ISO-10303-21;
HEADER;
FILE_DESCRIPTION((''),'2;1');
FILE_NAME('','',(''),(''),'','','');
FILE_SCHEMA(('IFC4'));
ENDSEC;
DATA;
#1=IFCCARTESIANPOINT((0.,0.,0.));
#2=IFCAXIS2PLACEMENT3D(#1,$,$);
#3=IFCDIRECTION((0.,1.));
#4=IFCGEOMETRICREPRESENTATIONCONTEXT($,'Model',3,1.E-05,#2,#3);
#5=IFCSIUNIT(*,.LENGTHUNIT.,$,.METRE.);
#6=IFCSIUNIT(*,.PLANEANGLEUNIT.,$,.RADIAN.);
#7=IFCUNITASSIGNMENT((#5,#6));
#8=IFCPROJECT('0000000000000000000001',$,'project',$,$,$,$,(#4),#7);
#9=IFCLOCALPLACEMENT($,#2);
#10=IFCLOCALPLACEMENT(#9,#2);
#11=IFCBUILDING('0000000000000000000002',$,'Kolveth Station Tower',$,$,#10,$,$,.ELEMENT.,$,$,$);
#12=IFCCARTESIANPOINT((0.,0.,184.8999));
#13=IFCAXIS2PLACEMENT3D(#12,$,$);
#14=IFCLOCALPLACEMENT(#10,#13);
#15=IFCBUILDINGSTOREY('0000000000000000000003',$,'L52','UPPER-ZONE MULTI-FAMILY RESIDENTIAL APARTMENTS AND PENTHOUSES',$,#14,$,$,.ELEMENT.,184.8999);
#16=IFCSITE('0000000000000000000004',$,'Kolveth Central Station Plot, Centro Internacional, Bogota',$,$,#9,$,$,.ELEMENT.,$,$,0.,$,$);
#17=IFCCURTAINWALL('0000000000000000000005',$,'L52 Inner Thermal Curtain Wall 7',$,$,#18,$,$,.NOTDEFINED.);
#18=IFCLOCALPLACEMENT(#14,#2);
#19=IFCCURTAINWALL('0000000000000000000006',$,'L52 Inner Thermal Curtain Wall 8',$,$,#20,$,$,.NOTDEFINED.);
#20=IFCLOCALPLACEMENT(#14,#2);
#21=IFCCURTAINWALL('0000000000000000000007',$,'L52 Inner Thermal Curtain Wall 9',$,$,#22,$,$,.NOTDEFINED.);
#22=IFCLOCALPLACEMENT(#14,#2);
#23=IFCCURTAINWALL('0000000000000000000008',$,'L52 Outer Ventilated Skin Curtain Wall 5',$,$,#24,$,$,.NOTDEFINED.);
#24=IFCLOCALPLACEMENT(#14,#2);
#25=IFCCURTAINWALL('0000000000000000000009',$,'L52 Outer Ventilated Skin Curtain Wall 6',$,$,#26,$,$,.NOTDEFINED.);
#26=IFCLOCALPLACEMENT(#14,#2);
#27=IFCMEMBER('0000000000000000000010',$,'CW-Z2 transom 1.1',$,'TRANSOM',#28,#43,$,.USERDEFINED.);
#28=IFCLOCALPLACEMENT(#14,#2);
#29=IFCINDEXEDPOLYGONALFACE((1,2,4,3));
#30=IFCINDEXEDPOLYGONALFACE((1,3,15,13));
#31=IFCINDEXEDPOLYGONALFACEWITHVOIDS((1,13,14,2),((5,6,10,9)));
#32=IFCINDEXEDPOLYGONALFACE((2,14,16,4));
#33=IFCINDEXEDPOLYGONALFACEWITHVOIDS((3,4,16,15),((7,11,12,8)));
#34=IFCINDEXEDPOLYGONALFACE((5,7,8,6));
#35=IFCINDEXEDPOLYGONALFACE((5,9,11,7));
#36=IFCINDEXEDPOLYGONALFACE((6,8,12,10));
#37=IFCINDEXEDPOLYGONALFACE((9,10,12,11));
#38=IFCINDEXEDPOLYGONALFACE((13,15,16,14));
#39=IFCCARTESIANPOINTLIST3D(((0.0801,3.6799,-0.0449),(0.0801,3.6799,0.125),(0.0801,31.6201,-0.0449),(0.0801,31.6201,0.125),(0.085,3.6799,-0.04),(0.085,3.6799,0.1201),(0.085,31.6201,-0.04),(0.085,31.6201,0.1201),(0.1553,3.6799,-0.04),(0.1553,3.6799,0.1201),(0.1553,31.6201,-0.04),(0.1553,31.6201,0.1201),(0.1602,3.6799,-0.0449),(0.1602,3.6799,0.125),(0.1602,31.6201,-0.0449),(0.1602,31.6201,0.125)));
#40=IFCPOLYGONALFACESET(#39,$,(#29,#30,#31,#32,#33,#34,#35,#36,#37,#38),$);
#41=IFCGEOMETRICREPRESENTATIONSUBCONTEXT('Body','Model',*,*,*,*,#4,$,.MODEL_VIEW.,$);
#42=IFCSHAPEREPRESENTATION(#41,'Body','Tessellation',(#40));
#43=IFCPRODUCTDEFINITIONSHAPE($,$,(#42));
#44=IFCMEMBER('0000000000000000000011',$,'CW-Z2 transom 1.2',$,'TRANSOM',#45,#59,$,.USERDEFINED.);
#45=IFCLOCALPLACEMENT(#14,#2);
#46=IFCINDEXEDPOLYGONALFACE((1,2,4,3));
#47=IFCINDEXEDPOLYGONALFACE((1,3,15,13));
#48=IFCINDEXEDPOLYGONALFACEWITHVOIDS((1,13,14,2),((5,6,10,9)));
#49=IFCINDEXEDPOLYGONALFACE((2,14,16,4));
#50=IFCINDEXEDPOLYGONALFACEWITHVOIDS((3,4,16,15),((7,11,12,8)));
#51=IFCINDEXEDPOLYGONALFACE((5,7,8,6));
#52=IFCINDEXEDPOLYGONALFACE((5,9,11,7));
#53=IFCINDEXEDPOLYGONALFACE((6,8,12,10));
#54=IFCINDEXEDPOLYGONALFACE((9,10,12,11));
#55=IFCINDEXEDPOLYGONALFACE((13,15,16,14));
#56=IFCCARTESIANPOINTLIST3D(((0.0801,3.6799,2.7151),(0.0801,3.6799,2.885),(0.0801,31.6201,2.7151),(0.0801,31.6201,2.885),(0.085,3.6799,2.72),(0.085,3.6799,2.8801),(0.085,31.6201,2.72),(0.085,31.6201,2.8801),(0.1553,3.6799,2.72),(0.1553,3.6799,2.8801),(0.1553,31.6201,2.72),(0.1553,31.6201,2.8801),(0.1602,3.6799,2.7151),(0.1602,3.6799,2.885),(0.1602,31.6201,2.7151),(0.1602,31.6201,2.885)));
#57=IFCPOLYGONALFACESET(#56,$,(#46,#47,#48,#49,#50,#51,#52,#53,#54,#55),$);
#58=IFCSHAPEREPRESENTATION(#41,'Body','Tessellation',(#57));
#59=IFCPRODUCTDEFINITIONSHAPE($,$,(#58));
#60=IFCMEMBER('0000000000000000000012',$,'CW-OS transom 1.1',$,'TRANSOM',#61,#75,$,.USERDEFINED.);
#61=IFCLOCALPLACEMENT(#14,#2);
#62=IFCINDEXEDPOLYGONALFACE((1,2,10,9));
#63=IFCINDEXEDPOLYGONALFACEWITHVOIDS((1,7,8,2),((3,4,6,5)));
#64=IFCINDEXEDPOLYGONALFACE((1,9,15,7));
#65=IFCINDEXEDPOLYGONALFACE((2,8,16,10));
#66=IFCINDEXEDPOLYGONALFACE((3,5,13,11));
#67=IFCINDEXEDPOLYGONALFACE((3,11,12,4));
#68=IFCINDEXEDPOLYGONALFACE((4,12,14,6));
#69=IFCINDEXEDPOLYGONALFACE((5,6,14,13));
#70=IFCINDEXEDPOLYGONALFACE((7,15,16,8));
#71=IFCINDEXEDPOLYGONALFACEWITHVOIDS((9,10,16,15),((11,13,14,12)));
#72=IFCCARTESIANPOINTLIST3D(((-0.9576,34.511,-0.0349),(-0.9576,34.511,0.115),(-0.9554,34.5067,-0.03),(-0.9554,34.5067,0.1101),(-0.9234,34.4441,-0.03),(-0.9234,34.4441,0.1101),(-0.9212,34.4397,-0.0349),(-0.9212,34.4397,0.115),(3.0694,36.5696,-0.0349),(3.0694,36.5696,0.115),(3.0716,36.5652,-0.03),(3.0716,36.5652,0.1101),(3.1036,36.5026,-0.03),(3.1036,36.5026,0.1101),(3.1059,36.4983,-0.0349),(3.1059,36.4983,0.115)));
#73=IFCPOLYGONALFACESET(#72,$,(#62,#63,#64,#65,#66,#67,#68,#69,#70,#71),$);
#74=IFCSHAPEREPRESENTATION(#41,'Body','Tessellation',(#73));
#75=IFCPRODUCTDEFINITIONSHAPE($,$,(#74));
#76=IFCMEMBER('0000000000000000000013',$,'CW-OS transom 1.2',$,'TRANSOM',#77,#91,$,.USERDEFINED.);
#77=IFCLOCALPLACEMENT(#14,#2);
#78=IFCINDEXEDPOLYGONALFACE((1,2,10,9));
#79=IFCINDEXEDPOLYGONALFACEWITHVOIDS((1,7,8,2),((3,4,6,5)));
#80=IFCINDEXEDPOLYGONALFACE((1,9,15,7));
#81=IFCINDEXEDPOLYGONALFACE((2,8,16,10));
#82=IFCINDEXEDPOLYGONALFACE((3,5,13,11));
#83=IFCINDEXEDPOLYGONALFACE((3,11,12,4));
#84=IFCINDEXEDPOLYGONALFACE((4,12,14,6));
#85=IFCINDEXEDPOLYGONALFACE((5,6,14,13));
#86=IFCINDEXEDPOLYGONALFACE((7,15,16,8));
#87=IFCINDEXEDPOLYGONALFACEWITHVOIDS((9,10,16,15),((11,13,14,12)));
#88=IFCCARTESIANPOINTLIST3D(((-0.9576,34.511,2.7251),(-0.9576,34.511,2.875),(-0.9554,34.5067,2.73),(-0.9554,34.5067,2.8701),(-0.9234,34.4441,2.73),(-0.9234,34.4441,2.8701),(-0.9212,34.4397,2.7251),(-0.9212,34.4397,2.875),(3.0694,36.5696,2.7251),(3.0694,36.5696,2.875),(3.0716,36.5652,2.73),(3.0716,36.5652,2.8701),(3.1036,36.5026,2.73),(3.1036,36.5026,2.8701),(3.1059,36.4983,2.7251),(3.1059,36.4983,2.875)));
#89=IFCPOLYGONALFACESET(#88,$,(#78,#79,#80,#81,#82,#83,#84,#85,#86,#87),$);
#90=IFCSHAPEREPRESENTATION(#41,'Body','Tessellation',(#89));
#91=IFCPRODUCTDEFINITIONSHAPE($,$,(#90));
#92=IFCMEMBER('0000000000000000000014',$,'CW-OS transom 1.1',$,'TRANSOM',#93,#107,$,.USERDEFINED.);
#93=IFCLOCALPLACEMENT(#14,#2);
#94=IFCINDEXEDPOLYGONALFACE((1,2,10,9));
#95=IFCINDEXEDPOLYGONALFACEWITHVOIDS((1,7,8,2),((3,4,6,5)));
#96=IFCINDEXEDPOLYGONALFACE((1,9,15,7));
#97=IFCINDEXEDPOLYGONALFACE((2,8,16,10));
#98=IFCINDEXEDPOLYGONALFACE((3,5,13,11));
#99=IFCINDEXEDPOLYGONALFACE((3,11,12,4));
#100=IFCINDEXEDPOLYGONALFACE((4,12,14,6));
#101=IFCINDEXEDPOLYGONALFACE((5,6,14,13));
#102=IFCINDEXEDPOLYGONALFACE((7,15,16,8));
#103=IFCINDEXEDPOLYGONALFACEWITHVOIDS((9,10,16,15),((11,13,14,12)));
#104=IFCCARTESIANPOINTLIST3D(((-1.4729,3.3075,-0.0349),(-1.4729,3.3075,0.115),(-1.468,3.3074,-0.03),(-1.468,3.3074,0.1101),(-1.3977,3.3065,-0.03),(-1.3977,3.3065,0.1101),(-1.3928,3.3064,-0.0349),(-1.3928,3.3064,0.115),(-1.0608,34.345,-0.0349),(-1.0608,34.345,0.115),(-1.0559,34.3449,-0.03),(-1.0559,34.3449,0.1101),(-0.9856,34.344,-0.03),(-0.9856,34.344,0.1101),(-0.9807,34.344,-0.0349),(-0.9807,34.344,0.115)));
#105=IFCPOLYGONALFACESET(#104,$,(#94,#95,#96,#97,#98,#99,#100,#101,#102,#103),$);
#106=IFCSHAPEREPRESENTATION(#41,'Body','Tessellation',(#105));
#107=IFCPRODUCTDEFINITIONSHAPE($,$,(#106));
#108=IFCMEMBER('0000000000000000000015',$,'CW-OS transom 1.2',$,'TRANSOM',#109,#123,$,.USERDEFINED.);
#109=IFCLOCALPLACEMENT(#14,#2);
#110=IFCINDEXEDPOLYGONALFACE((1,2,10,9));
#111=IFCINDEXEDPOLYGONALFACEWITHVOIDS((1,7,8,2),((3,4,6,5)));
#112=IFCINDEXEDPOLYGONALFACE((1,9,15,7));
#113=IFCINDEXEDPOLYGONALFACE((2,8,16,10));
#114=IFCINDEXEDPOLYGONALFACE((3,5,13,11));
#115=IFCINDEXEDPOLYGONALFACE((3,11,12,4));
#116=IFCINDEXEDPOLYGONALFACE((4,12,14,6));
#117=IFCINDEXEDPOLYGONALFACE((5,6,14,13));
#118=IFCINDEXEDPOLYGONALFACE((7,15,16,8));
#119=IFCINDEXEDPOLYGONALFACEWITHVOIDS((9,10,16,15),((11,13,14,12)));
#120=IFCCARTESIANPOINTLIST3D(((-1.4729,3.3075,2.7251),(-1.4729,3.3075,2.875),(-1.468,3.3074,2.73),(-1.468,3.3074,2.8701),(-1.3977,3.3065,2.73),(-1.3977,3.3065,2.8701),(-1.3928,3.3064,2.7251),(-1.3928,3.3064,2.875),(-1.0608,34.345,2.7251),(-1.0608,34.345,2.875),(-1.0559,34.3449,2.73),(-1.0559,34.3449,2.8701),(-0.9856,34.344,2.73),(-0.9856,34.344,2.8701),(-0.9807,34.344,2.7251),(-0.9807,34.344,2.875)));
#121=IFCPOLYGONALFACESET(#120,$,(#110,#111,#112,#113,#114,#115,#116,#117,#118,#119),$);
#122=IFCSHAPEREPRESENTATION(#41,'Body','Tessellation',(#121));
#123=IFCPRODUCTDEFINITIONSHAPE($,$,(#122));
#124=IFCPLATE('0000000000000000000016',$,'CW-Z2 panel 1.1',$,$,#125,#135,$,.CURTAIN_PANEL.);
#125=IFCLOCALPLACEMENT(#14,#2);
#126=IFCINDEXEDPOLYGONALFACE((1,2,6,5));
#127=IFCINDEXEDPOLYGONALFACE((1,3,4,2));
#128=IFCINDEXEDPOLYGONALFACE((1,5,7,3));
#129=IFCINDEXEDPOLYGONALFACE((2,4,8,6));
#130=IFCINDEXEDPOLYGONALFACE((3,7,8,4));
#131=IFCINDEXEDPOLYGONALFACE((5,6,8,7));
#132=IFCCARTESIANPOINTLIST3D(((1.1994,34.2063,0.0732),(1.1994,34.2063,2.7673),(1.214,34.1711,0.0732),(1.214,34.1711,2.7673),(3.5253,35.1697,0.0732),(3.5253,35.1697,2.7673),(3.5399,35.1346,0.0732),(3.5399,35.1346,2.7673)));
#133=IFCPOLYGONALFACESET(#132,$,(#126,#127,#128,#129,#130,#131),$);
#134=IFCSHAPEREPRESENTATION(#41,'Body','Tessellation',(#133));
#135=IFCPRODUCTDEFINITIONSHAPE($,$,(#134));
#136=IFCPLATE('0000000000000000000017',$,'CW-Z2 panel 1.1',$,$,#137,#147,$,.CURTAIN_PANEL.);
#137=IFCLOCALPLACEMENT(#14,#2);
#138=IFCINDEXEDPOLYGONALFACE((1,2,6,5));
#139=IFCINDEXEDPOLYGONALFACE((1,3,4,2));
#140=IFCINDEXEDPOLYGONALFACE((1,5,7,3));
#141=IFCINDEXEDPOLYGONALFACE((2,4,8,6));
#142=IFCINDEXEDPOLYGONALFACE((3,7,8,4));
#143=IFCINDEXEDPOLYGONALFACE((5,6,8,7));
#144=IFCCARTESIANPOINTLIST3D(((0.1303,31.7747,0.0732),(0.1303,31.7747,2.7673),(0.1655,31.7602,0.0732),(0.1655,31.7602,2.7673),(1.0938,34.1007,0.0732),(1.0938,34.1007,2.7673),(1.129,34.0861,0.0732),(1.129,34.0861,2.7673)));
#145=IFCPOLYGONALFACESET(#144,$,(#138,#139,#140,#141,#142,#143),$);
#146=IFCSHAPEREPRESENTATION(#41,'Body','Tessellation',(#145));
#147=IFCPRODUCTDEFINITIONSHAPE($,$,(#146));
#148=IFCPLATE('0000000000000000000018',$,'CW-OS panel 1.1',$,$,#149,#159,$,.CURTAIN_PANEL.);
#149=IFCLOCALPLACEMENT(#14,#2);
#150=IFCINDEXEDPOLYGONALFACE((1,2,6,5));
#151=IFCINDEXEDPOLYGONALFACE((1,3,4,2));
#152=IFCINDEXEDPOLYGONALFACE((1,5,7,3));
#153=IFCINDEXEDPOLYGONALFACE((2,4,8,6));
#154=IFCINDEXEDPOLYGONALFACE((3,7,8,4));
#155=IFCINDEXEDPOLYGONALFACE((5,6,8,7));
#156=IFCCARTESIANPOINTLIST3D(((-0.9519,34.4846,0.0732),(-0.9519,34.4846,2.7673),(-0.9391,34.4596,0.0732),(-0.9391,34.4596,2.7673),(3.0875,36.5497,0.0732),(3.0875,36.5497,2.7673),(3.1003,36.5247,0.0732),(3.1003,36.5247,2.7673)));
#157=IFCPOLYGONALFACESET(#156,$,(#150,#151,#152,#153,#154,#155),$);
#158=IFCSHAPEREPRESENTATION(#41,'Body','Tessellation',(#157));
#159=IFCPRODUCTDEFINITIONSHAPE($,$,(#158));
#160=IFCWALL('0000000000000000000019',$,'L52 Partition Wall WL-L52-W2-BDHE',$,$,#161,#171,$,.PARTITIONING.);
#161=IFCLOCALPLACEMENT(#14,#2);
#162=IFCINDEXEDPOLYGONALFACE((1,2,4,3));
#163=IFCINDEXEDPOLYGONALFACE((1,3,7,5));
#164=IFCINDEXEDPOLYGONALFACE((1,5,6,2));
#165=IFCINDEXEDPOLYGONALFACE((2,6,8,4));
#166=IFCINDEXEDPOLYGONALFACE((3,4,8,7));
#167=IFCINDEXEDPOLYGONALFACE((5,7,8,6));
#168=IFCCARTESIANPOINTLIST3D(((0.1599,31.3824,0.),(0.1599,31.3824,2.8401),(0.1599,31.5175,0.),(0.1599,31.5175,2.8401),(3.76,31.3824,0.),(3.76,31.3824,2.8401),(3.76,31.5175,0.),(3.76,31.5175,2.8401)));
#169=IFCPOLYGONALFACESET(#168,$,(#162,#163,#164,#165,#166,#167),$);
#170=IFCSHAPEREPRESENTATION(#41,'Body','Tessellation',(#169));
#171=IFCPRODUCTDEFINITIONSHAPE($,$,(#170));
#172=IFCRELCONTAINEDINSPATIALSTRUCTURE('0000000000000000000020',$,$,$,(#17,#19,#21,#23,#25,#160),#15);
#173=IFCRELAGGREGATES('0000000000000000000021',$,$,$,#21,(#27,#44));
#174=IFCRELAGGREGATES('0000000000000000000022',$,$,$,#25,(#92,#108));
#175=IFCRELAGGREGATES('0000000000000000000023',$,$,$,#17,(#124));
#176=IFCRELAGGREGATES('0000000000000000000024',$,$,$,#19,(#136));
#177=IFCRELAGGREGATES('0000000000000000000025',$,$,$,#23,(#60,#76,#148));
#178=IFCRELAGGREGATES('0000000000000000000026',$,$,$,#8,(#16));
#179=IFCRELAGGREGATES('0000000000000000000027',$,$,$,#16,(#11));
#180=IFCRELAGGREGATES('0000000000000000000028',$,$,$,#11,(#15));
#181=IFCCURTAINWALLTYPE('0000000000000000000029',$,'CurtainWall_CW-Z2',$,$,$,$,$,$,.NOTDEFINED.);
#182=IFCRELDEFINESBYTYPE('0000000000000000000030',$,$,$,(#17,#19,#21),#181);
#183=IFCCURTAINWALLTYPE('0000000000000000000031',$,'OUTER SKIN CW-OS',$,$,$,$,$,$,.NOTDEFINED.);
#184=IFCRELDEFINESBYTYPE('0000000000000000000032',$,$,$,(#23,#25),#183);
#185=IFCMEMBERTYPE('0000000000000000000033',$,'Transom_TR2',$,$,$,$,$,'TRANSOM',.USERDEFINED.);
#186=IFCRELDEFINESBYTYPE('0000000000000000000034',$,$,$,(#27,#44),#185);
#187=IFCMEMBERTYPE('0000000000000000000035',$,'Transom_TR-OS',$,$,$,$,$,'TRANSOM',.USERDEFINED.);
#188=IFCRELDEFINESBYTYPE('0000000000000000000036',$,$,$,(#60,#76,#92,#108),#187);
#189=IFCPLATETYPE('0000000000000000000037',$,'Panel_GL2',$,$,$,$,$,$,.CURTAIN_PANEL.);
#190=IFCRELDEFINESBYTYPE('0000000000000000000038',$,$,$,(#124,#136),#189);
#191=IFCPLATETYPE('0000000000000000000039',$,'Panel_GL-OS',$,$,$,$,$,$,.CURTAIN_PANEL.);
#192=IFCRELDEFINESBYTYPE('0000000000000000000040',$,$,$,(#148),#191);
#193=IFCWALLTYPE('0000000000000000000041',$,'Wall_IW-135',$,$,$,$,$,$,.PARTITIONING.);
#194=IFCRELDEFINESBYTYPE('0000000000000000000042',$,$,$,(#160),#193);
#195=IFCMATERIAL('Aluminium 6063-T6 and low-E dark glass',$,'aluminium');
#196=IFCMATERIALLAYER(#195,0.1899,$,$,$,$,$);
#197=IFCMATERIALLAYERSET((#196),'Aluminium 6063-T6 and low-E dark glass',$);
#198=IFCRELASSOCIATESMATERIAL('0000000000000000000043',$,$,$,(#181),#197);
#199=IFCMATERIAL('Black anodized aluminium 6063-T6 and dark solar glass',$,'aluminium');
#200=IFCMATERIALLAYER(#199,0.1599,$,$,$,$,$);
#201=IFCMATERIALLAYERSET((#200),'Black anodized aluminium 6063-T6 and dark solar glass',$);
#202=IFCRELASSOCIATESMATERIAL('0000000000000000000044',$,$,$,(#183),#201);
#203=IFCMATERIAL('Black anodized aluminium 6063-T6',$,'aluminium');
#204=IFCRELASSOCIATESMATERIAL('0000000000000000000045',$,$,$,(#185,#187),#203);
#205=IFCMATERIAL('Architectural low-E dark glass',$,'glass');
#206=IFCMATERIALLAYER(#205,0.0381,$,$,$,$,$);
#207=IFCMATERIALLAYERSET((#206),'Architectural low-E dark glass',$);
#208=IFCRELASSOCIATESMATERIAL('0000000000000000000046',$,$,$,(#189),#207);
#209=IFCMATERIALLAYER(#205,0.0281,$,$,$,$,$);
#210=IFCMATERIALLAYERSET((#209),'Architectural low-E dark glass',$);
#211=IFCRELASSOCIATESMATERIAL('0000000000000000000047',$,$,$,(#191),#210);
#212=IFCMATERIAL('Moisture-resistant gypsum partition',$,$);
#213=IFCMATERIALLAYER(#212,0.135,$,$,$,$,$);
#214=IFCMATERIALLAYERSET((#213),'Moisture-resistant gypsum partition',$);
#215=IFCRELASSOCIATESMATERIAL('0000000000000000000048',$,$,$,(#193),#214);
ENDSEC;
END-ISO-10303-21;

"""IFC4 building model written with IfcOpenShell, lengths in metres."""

from ifc_helpers import new_model, si_unit, direction, frame, frame_2d, origin, origin_2d, place, context, subcontext, project, spatial, rectangle, hollow_rectangle, extrude, source, transform, mapped, material, layer, layer_set, material_profile, profile_set, type_object, element, aggregate, save


model = new_model("IFC4")

# Units and contexts
model_context = context("Model", 3, precision=1e-05, world=origin(), true_north=direction((0.0, 1.0)))
body_context = subcontext(model_context, "Body", "Model", "MODEL_VIEW")
ifc_project = project(units=[si_unit("LENGTHUNIT", "METRE"), si_unit("PLANEANGLEUNIT", "RADIAN")], contexts=[model_context])

# Site, building, storey
site_placement = place(None, origin())
site = spatial("IfcSite", under=ifc_project, at=site_placement, Name="Kolveth Central Station Plot, Centro Internacional, Bogota", CompositionType="ELEMENT", RefElevation=0.0)
building_placement = place(site_placement, origin())
building = spatial("IfcBuilding", under=site, at=building_placement, Name="Kolveth Station Tower", CompositionType="ELEMENT")
storey_placement = place(building_placement, frame((0.0, 0.0, 184.8999)))
storey = spatial("IfcBuildingStorey", under=building, at=storey_placement, Name="L52", Description="UPPER-ZONE MULTI-FAMILY RESIDENTIAL APARTMENTS AND PENTHOUSES", CompositionType="ELEMENT", Elevation=184.8999)

# Curtain wall
ifc_material_1 = material(Name="Aluminium 6063-T6 and low-E dark glass", Category="aluminium")
ifc_layer_1 = layer(ifc_material_1, 0.1899)
ifc_layer_set_1 = layer_set([ifc_layer_1], Name="Aluminium 6063-T6 and low-E dark glass")
curtain_wall_type_1 = type_object("IfcCurtainWallType", Name="CurtainWall_CW-Z2", PredefinedType="NOTDEFINED", material=ifc_layer_set_1)
curtain_wall_1_placement = place(storey_placement, origin())
curtain_wall_1 = element("IfcCurtainWall", 1, at=curtain_wall_1_placement, inside=storey, type_object=curtain_wall_type_1, Name="L52 Inner Thermal Curtain Wall 7", PredefinedType="NOTDEFINED")
ifc_material_2 = material(Name="Black anodized aluminium 6063-T6", Category="aluminium")

# Curtain wall
curtain_wall_2_placement = place(storey_placement, origin())
curtain_wall_2 = element("IfcCurtainWall", 2, at=curtain_wall_2_placement, inside=storey, type_object=curtain_wall_type_1, Name="L52 Inner Thermal Curtain Wall 8", PredefinedType="NOTDEFINED")

# Curtain wall
curtain_wall_3_placement = place(storey_placement, origin())
curtain_wall_3 = element("IfcCurtainWall", 3, at=curtain_wall_3_placement, inside=storey, type_object=curtain_wall_type_1, Name="L52 Inner Thermal Curtain Wall 9", PredefinedType="NOTDEFINED")
ifc_material_3 = material(Name="Black anodized aluminium 6063-T6 and dark solar glass", Category="aluminium")
ifc_layer_2 = layer(ifc_material_3, 0.1599)
ifc_layer_set_2 = layer_set([ifc_layer_2], Name="Black anodized aluminium 6063-T6 and dark solar glass")
curtain_wall_type_2 = type_object("IfcCurtainWallType", Name="OUTER SKIN CW-OS", PredefinedType="NOTDEFINED", material=ifc_layer_set_2)

# Curtain wall
curtain_wall_4_placement = place(storey_placement, origin())
curtain_wall_4 = element("IfcCurtainWall", 4, at=curtain_wall_4_placement, inside=storey, type_object=curtain_wall_type_2, Name="L52 Outer Ventilated Skin Curtain Wall 5", PredefinedType="NOTDEFINED")

# Curtain wall
curtain_wall_5_placement = place(storey_placement, origin())
curtain_wall_5 = element("IfcCurtainWall", 5, at=curtain_wall_5_placement, inside=storey, type_object=curtain_wall_type_2, Name="L52 Outer Ventilated Skin Curtain Wall 6", PredefinedType="NOTDEFINED")

# Members
ifc_material_profile_1 = material_profile(ifc_material_2, hollow_rectangle(XDim=0.0801, YDim=0.1699, WallThickness=0.0049, at=origin_2d()), Name="ALU-80x170x5")
ifc_profile_set_1 = profile_set([ifc_material_profile_1], Name="Black anodized aluminium 6063-T6")
member_type_1 = type_object("IfcMemberType", Name="Transom_TR2", ElementType="TRANSOM", PredefinedType="USERDEFINED", material=ifc_profile_set_1)
shared_shape_1 = source(origin(), body_context, "Body", "SweptSolid", [
    extrude(hollow_rectangle(XDim=0.0801, YDim=0.1699, WallThickness=0.0049, at=origin_2d()), origin(), (0.0, 0.0, 1.0), 27.9402),
])
member_1_placement = place(storey_placement, frame((0.1201, 31.6201, 0.04), z_axis=(0.0, -1.0, 0.0), x_axis=(1.0, 0.0, 0.0)))
member_1 = element("IfcMember", 6, at=member_1_placement, type_object=member_type_1, Name="CW-Z2 transom 1.1", ObjectType="TRANSOM", PredefinedType="USERDEFINED", context=body_context, shape_type="MappedRepresentation", body=[
    mapped(shared_shape_1, transform((0.0, 0.0, 0.0), x_axis=(1.0, 0.0, 0.0), y_axis=(0.0, 1.0, 0.0), z_axis=(0.0, 0.0, 1.0), scale=1.0)),
])
member_2_placement = place(storey_placement, frame((0.1201, 31.6201, 2.8), z_axis=(0.0, -1.0, 0.0), x_axis=(1.0, 0.0, 0.0)))
member_2 = element("IfcMember", 7, at=member_2_placement, type_object=member_type_1, Name="CW-Z2 transom 1.2", ObjectType="TRANSOM", PredefinedType="USERDEFINED", context=body_context, shape_type="MappedRepresentation", body=[
    mapped(shared_shape_1, transform((0.0, 0.0, 0.0), x_axis=(1.0, 0.0, 0.0), y_axis=(0.0, 1.0, 0.0), z_axis=(0.0, 0.0, 1.0), scale=1.0)),
])
aggregate(curtain_wall_3, [member_1, member_2])
ifc_material_profile_2 = material_profile(ifc_material_2, hollow_rectangle(XDim=0.0801, YDim=0.1499, WallThickness=0.0049, at=origin_2d()), Name="ALU-80x150x5")
ifc_profile_set_2 = profile_set([ifc_material_profile_2], Name="Black anodized aluminium 6063-T6")
member_type_2 = type_object("IfcMemberType", Name="Transom_TR-OS", ElementType="TRANSOM", PredefinedType="USERDEFINED", material=ifc_profile_set_2)
shared_shape_2 = source(origin(), body_context, "Body", "SweptSolid", [
    extrude(hollow_rectangle(XDim=0.0801, YDim=0.1499, WallThickness=0.0049, at=origin_2d()), origin(), (0.0, 0.0, 1.0), 4.5227),
])
member_3_placement = place(storey_placement, frame((3.0876, 36.5339, 0.04), z_axis=(-0.890408, -0.455163, 0.0), x_axis=(0.455163, -0.890408, 0.0)))
member_3 = element("IfcMember", 8, at=member_3_placement, type_object=member_type_2, Name="CW-OS transom 1.1", ObjectType="TRANSOM", PredefinedType="USERDEFINED", context=body_context, shape_type="MappedRepresentation", body=[
    mapped(shared_shape_2, transform((0.0, 0.0, 0.0), x_axis=(1.0, 0.0, 0.0), y_axis=(0.0, 1.0, 0.0), z_axis=(0.0, 0.0, 1.0), scale=1.0)),
])
member_4_placement = place(storey_placement, frame((3.0876, 36.5339, 2.8), z_axis=(-0.890408, -0.455163, 0.0), x_axis=(0.455163, -0.890408, 0.0)))
member_4 = element("IfcMember", 9, at=member_4_placement, type_object=member_type_2, Name="CW-OS transom 1.2", ObjectType="TRANSOM", PredefinedType="USERDEFINED", context=body_context, shape_type="MappedRepresentation", body=[
    mapped(shared_shape_2, transform((0.0, 0.0, 0.0), x_axis=(1.0, 0.0, 0.0), y_axis=(0.0, 1.0, 0.0), z_axis=(0.0, 0.0, 1.0), scale=1.0)),
])
shared_shape_3 = source(origin(), body_context, "Body", "SweptSolid", [
    extrude(hollow_rectangle(XDim=0.0801, YDim=0.1499, WallThickness=0.0049, at=origin_2d()), origin(), (0.0, 0.0, 1.0), 31.0403),
])
member_5_placement = place(storey_placement, frame((-1.0208, 34.3445, 0.04), z_axis=(-0.013277, -0.999912, 0.0), x_axis=(0.999912, -0.013277, 0.0)))
member_5 = element("IfcMember", 10, at=member_5_placement, type_object=member_type_2, Name="CW-OS transom 1.1", ObjectType="TRANSOM", PredefinedType="USERDEFINED", context=body_context, shape_type="MappedRepresentation", body=[
    mapped(shared_shape_3, transform((0.0, 0.0, 0.0), x_axis=(1.0, 0.0, 0.0), y_axis=(0.0, 1.0, 0.0), z_axis=(0.0, 0.0, 1.0), scale=1.0)),
])
member_6_placement = place(storey_placement, frame((-1.0208, 34.3445, 2.8), z_axis=(-0.013277, -0.999912, 0.0), x_axis=(0.999912, -0.013277, 0.0)))
member_6 = element("IfcMember", 11, at=member_6_placement, type_object=member_type_2, Name="CW-OS transom 1.2", ObjectType="TRANSOM", PredefinedType="USERDEFINED", context=body_context, shape_type="MappedRepresentation", body=[
    mapped(shared_shape_3, transform((0.0, 0.0, 0.0), x_axis=(1.0, 0.0, 0.0), y_axis=(0.0, 1.0, 0.0), z_axis=(0.0, 0.0, 1.0), scale=1.0)),
])
aggregate(curtain_wall_5, [member_5, member_6])

# Plates
ifc_material_4 = material(Name="Architectural low-E dark glass", Category="glass")
ifc_layer_3 = layer(ifc_material_4, 0.0381)
ifc_layer_set_3 = layer_set([ifc_layer_3], Name="Architectural low-E dark glass")
plate_type_1 = type_object("IfcPlateType", Name="Panel_GL2", PredefinedType="CURTAIN_PANEL", material=ifc_layer_set_3)
shared_shape_4 = source(origin(), body_context, "Body", "SweptSolid", [
    extrude(rectangle(XDim=2.5176, YDim=0.0381, at=origin_2d()), origin(), (0.0, 0.0, 1.0), 2.6941),
])
plate_1_placement = place(storey_placement, frame((2.3696, 34.6704, 0.0732), z_axis=(0.0, 0.0, 1.0), x_axis=(-0.923874, -0.382698, 0.0)))
plate_1 = element("IfcPlate", 12, at=plate_1_placement, type_object=plate_type_1, Name="CW-Z2 panel 1.1", PredefinedType="CURTAIN_PANEL", context=body_context, shape_type="MappedRepresentation", body=[
    mapped(shared_shape_4, transform((0.0, 0.0, 0.0), x_axis=(1.0, 0.0, 0.0), y_axis=(0.0, 1.0, 0.0), z_axis=(0.0, 0.0, 1.0), scale=1.0)),
])
aggregate(curtain_wall_1, [plate_1])
plate_2_placement = place(storey_placement, frame((0.6296, 32.9304, 0.0732), z_axis=(0.0, 0.0, 1.0), x_axis=(-0.382698, -0.923874, 0.0)))
plate_2 = element("IfcPlate", 13, at=plate_2_placement, type_object=plate_type_1, Name="CW-Z2 panel 1.1", PredefinedType="CURTAIN_PANEL", context=body_context, shape_type="MappedRepresentation", body=[
    mapped(shared_shape_4, transform((0.0, 0.0, 0.0), x_axis=(1.0, 0.0, 0.0), y_axis=(0.0, 1.0, 0.0), z_axis=(0.0, 0.0, 1.0), scale=1.0)),
])
aggregate(curtain_wall_2, [plate_2])
ifc_layer_4 = layer(ifc_material_4, 0.0281)
ifc_layer_set_4 = layer_set([ifc_layer_4], Name="Architectural low-E dark glass")
plate_type_2 = type_object("IfcPlateType", Name="Panel_GL-OS", PredefinedType="CURTAIN_PANEL", material=ifc_layer_set_4)
shared_shape_5 = source(origin(), body_context, "Body", "SweptSolid", [
    extrude(rectangle(XDim=4.5366, YDim=0.0281, at=origin_2d()), origin(), (0.0, 0.0, 1.0), 2.6941),
])
plate_3_placement = place(storey_placement, frame((1.0742, 35.5046, 0.0732), z_axis=(0.0, 0.0, 1.0), x_axis=(-0.890394, -0.455191, 0.0)))
plate_3 = element("IfcPlate", 14, at=plate_3_placement, type_object=plate_type_2, Name="CW-OS panel 1.1", PredefinedType="CURTAIN_PANEL", context=body_context, shape_type="MappedRepresentation", body=[
    mapped(shared_shape_5, transform((0.0, 0.0, 0.0), x_axis=(1.0, 0.0, 0.0), y_axis=(0.0, 1.0, 0.0), z_axis=(0.0, 0.0, 1.0), scale=1.0)),
])
aggregate(curtain_wall_4, [member_3, member_4, plate_3])

# Wall
ifc_material_5 = material(Name="Moisture-resistant gypsum partition")
ifc_layer_5 = layer(ifc_material_5, 0.135)
ifc_layer_set_5 = layer_set([ifc_layer_5], Name="Moisture-resistant gypsum partition")
wall_type = type_object("IfcWallType", Name="Wall_IW-135", PredefinedType="PARTITIONING", material=ifc_layer_set_5)
wall_placement = place(storey_placement, frame((0.1599, 31.45, 0.0), z_axis=(0.0, 0.0, 1.0), x_axis=(1.0, 0.0, 0.0)))
element("IfcWall", 15, at=wall_placement, inside=storey, type_object=wall_type, Name="L52 Partition Wall WL-L52-W2-BDHE", PredefinedType="PARTITIONING", context=body_context, shape_type="SweptSolid", body=[
    extrude(rectangle(XDim=3.6001, YDim=0.135, at=frame_2d((1.8, 0.0))), origin(), (0.0, 0.0, 1.0), 2.8401),
])

save(model, "model.ifc")
